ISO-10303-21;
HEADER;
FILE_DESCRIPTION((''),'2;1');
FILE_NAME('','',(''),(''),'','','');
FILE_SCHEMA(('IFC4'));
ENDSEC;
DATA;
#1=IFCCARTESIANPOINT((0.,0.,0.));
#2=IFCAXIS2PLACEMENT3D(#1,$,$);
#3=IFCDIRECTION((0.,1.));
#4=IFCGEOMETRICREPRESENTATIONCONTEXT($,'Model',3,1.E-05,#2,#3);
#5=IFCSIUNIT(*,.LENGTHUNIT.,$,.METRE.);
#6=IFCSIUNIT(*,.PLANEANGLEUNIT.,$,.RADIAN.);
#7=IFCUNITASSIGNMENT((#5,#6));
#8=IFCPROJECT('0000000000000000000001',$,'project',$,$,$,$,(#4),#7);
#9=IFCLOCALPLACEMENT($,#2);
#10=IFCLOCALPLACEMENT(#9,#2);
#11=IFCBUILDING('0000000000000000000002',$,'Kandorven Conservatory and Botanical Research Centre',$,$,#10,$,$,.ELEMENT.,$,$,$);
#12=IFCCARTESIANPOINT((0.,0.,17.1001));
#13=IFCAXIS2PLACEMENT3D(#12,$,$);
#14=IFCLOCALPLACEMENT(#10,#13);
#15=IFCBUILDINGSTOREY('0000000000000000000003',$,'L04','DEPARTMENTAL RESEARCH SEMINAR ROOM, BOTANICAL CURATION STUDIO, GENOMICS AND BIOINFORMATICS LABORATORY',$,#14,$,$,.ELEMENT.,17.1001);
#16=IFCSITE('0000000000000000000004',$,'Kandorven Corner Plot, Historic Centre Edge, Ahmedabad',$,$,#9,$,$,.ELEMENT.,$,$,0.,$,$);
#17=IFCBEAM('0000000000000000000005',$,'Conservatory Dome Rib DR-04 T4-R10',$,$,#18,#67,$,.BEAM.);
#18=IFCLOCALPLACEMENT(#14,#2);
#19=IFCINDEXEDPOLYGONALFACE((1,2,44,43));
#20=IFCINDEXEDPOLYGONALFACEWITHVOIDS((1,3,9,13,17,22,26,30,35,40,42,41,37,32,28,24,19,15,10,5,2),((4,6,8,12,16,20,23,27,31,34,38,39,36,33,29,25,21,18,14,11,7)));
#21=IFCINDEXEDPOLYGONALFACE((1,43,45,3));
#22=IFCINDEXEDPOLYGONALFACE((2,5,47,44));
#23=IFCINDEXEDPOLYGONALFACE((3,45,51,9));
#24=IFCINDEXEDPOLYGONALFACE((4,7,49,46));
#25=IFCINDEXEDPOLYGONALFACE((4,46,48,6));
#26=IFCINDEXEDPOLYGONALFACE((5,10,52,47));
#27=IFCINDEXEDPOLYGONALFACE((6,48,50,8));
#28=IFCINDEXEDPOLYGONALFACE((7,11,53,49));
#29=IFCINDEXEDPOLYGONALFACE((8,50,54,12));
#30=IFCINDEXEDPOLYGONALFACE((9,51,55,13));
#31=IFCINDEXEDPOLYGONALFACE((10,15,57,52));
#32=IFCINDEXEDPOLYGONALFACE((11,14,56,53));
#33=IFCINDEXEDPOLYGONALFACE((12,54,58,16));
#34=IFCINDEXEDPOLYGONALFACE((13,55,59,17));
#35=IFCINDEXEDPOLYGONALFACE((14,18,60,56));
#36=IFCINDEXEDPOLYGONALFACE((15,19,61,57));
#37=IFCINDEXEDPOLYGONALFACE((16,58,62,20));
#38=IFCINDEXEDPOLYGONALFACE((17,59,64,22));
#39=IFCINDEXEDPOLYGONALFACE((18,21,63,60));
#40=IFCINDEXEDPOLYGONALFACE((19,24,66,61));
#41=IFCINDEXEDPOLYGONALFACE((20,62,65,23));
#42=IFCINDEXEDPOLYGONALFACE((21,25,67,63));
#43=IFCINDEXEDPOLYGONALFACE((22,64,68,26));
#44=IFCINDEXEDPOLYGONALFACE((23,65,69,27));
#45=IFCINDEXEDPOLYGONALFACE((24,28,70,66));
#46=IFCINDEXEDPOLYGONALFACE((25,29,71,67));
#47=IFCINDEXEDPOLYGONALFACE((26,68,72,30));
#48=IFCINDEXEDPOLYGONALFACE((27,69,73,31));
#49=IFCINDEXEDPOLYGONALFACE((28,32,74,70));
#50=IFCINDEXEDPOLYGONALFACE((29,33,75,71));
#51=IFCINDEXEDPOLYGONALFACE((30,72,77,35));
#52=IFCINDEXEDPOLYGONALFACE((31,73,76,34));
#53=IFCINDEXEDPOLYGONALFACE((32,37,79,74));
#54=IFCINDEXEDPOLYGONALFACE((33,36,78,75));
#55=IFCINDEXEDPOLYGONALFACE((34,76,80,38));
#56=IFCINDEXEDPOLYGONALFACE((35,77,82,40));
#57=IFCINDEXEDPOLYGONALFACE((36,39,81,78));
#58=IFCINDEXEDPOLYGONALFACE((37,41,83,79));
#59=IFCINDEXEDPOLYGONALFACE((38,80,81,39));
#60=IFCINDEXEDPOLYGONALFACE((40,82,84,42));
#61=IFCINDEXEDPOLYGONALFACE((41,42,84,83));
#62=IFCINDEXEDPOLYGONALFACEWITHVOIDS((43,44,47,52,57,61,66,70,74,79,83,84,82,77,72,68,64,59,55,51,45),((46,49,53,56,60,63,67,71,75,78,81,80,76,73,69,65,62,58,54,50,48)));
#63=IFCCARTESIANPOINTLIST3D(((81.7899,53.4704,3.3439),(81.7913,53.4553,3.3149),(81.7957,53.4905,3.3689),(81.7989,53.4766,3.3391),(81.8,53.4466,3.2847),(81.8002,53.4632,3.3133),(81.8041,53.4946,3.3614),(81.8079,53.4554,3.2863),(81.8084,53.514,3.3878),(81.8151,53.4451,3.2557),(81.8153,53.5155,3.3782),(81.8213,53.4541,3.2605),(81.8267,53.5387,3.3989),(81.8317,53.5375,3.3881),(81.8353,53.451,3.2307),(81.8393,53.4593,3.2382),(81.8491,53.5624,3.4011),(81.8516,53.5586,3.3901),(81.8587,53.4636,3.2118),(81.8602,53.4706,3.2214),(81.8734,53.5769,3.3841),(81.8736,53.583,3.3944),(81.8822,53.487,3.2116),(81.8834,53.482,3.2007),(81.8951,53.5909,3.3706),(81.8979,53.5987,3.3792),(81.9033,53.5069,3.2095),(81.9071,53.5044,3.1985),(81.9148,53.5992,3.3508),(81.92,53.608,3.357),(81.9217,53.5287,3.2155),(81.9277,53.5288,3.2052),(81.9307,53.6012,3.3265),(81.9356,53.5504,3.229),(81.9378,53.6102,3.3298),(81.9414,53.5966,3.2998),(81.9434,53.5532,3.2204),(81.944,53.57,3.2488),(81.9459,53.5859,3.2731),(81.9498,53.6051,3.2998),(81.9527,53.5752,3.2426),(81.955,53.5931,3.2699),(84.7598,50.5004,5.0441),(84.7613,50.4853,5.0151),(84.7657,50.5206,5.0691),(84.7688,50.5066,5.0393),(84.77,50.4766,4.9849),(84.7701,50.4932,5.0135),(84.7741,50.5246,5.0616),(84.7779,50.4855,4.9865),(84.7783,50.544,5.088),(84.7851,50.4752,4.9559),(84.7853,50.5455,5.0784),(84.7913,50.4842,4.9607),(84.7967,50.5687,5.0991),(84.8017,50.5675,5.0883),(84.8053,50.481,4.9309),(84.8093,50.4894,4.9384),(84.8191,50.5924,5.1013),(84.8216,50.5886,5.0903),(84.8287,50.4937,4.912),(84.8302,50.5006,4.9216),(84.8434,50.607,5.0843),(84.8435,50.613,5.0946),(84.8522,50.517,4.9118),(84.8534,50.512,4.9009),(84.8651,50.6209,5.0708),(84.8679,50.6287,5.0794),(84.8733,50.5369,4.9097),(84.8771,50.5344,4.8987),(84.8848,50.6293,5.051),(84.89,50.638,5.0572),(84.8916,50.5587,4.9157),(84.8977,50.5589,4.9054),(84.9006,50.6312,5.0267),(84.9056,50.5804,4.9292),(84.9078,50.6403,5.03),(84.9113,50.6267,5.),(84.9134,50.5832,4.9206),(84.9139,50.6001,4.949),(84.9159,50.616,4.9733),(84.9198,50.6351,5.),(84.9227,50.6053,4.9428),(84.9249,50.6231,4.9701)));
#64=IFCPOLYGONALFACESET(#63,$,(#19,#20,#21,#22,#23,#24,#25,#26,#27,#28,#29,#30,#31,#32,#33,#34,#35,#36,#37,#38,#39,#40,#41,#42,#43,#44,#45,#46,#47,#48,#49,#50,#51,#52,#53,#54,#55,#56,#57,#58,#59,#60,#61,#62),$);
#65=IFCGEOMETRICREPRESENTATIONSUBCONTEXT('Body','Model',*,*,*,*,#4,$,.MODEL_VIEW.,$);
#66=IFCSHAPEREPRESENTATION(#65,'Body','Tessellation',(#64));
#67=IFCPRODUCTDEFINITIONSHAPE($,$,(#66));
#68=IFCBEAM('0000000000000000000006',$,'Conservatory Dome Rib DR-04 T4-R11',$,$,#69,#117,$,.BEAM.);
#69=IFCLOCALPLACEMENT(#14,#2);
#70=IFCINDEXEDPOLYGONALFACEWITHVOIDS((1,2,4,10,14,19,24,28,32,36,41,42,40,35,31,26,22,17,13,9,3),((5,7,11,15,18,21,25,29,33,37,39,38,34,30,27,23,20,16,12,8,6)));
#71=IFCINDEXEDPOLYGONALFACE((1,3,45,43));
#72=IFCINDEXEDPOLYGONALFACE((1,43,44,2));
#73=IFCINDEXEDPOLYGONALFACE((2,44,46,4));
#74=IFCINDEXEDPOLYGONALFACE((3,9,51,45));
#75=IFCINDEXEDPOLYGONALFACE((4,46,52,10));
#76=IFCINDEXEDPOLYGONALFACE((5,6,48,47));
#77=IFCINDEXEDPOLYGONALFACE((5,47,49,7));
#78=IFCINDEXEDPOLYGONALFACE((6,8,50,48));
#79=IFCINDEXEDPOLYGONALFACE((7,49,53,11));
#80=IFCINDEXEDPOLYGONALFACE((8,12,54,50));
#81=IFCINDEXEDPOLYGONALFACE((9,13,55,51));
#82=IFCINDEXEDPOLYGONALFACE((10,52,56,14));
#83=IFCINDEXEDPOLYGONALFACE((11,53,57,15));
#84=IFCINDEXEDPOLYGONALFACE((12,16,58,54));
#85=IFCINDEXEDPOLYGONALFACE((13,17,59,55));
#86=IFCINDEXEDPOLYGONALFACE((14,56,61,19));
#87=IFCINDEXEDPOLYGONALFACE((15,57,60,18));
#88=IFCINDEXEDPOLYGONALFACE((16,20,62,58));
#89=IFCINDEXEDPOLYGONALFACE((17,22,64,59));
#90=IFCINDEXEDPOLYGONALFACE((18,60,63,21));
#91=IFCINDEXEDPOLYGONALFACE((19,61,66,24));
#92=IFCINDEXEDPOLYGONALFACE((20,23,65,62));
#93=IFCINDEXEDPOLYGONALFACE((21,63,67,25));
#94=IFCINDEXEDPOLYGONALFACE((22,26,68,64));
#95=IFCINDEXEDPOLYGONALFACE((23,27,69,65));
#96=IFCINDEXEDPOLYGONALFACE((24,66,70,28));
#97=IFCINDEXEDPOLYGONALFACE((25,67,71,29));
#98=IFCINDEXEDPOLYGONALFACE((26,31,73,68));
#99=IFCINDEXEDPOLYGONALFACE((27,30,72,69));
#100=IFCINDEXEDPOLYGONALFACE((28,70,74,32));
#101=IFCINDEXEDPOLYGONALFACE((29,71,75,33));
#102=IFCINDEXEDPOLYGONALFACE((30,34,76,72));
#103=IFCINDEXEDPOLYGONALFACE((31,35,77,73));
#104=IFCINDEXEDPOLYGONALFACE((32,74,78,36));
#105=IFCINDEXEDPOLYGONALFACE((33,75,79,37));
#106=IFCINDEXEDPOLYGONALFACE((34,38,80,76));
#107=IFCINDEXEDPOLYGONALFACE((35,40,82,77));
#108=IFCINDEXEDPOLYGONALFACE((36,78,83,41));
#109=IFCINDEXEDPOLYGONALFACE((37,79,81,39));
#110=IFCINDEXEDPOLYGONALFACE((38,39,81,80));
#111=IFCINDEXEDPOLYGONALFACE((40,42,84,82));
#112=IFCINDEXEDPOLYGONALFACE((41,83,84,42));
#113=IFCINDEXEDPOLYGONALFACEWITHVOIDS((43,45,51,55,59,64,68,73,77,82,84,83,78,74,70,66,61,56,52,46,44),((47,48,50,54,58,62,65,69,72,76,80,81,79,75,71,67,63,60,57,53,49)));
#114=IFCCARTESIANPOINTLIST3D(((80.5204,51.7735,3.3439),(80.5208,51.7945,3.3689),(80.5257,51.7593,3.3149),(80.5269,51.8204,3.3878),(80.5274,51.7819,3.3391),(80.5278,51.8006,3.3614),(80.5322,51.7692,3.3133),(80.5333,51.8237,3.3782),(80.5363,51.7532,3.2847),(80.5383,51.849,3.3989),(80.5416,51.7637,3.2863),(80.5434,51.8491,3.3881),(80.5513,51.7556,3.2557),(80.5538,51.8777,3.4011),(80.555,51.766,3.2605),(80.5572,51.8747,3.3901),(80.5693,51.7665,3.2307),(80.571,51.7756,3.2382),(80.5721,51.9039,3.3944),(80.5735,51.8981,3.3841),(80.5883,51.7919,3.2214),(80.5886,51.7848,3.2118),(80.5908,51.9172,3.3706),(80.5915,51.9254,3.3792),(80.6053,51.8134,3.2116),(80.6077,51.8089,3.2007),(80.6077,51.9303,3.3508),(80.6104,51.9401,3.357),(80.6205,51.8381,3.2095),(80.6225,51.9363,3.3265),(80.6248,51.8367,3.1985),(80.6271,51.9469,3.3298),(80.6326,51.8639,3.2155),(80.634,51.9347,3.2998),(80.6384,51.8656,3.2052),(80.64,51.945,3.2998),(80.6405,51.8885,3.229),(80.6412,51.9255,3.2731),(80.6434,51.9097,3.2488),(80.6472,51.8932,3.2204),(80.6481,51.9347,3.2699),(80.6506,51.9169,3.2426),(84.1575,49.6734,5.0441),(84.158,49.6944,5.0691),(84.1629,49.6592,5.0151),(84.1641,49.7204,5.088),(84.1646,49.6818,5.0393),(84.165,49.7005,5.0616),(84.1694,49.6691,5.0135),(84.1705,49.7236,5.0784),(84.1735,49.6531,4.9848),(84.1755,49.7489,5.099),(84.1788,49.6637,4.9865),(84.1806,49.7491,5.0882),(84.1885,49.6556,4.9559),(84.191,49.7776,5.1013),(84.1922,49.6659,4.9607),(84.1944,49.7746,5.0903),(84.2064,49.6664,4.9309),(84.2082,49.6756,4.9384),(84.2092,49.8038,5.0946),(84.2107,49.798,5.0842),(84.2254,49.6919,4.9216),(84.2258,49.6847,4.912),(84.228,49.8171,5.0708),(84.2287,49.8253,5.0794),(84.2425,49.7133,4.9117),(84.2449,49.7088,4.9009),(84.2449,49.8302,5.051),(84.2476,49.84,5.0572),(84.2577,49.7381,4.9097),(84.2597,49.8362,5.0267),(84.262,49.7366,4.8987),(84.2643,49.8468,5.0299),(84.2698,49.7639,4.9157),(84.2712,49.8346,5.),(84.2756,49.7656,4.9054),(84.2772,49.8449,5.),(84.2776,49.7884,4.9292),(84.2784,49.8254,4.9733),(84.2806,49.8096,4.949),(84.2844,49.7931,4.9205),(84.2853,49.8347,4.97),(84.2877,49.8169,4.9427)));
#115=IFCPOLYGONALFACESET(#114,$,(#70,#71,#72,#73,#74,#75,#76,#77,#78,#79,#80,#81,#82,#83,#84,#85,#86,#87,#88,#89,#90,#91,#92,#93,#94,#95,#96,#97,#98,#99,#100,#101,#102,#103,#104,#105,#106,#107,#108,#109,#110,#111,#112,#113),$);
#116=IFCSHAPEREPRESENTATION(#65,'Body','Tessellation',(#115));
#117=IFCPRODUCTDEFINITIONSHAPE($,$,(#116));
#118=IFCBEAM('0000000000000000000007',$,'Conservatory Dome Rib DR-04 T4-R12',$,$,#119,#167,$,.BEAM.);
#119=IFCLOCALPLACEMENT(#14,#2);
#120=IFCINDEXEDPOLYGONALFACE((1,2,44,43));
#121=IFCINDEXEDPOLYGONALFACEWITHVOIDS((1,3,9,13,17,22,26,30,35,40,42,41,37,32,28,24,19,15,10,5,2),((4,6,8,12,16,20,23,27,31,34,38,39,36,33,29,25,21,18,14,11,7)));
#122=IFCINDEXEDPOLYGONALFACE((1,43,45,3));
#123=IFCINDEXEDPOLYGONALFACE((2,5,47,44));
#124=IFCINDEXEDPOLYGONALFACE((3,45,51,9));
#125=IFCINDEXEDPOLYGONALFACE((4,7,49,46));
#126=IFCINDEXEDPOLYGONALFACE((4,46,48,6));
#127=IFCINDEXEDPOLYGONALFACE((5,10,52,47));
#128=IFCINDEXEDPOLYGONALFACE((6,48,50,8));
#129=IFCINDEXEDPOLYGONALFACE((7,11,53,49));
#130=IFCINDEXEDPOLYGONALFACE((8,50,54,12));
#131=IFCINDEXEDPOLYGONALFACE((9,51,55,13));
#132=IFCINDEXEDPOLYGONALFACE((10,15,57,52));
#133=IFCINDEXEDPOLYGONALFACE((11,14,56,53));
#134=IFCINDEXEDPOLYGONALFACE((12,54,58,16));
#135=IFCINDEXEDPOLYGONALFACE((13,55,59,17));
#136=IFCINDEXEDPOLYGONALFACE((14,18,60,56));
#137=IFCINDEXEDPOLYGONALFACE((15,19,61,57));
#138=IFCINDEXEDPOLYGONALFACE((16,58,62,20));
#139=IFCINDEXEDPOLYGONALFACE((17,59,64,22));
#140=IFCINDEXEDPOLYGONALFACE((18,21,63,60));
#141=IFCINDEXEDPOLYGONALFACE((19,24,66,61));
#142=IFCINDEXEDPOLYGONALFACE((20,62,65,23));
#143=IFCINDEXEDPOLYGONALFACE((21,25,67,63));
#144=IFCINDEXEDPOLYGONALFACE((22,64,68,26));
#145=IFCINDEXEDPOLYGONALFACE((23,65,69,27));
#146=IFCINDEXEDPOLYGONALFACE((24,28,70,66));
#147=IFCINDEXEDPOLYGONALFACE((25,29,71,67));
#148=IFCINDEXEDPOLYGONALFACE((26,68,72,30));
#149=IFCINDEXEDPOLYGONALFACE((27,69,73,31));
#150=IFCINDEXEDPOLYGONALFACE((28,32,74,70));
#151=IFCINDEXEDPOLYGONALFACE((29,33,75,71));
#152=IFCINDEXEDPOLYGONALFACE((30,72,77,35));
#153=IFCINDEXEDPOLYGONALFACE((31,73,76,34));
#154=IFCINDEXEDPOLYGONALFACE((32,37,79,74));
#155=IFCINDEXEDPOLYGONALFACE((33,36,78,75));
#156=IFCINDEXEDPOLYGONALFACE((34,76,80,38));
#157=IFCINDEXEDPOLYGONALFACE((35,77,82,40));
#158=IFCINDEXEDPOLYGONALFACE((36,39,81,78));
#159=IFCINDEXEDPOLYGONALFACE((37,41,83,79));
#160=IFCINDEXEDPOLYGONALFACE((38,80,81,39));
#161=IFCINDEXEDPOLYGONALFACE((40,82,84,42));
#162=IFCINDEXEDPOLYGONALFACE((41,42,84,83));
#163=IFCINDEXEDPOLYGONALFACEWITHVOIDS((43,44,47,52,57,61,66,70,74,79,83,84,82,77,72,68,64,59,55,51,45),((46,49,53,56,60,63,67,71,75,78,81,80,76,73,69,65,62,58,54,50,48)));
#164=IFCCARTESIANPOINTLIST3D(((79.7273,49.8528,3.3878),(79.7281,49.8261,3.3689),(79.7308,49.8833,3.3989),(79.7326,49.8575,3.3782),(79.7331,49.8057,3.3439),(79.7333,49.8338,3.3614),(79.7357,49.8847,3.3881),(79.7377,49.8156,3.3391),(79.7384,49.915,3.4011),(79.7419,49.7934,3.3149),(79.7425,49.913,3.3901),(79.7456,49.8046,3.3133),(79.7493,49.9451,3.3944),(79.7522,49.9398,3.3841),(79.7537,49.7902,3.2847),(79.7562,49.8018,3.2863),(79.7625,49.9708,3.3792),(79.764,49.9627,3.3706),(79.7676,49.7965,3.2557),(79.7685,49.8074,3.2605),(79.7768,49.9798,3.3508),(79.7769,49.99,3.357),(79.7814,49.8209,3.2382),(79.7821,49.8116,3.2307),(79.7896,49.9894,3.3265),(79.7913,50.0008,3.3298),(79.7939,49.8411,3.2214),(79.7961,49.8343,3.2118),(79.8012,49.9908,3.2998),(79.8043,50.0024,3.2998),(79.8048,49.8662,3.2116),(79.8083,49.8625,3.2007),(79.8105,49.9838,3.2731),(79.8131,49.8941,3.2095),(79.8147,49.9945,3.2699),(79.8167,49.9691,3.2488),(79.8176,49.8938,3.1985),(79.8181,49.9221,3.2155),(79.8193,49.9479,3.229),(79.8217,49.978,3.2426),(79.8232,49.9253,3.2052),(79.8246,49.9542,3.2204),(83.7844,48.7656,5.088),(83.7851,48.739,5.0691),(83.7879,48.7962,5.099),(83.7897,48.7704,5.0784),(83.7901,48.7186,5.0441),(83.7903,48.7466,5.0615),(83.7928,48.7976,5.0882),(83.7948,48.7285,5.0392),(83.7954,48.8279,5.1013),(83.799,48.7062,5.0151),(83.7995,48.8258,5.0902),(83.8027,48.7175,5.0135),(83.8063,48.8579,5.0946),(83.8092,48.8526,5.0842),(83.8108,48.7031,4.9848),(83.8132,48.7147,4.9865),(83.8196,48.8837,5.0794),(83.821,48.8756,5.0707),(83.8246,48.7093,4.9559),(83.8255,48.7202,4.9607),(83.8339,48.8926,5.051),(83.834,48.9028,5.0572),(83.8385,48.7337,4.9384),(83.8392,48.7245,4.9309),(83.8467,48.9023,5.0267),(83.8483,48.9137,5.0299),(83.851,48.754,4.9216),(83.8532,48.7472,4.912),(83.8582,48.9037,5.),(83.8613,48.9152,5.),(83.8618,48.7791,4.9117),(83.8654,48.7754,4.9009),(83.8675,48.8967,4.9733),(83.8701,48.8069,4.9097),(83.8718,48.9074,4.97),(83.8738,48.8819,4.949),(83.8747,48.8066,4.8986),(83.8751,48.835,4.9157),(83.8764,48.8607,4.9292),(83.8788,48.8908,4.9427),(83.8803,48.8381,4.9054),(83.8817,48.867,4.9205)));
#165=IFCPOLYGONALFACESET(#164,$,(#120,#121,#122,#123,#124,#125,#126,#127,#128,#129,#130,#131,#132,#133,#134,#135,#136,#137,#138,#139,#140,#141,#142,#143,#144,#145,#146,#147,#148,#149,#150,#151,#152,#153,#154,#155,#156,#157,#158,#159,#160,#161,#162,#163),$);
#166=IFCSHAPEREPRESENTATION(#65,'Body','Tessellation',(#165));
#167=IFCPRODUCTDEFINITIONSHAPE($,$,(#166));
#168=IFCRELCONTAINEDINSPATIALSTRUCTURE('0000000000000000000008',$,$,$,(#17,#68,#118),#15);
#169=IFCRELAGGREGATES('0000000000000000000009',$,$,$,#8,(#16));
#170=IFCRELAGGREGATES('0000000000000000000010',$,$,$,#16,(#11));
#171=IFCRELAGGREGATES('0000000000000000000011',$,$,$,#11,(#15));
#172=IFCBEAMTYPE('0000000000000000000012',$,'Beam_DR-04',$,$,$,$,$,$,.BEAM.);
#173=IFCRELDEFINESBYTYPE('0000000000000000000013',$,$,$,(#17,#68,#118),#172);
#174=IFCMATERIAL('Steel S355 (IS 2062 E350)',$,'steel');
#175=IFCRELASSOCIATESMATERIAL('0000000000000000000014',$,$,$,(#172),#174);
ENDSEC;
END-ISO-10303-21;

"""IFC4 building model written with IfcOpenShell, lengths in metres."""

from ifc_helpers import new_model, si_unit, direction, frame, origin, origin_2d, place, context, subcontext, project, spatial, hollow_circle, extrude, material, material_profile, profile_set, type_object, element, save


model = new_model("IFC4")

# Units and contexts
model_context = context("Model", 3, precision=1e-05, world=origin(), true_north=direction((0.0, 1.0)))
body_context = subcontext(model_context, "Body", "Model", "MODEL_VIEW")
ifc_project = project(units=[si_unit("LENGTHUNIT", "METRE"), si_unit("PLANEANGLEUNIT", "RADIAN")], contexts=[model_context])

# Site, building, storey
site_placement = place(None, origin())
site = spatial("IfcSite", under=ifc_project, at=site_placement, Name="Kandorven Corner Plot, Historic Centre Edge, Ahmedabad", CompositionType="ELEMENT", RefElevation=0.0)
building_placement = place(site_placement, origin())
building = spatial("IfcBuilding", under=site, at=building_placement, Name="Kandorven Conservatory and Botanical Research Centre", CompositionType="ELEMENT")
storey_placement = place(building_placement, frame((0.0, 0.0, 17.1001)))
storey = spatial("IfcBuildingStorey", under=building, at=storey_placement, Name="L04", Description="DEPARTMENTAL RESEARCH SEMINAR ROOM, BOTANICAL CURATION STUDIO, GENOMICS AND BIOINFORMATICS LABORATORY", CompositionType="ELEMENT", Elevation=17.1001)

# Beams
ifc_material_1 = material(Name="Steel S355 (IS 2062 E350)", Category="steel")
ifc_material_profile_1 = material_profile(ifc_material_1, hollow_circle(Radius=0.1096, WallThickness=0.012, at=origin_2d()))
ifc_profile_set_1 = profile_set([ifc_material_profile_1], Name="Steel S355 (IS 2062 E350)")
beam_type_1 = type_object("IfcBeamType", Name="Beam_DR-04", PredefinedType="BEAM", material=ifc_profile_set_1)
beam_1_placement = place(storey_placement, frame((81.8723, 53.5276, 3.2998), z_axis=(0.655444, -0.655444, 0.375217), x_axis=(0.707107, 0.707107, 0.0)))
element("IfcBeam", 1, at=beam_1_placement, inside=storey, type_object=beam_type_1, Name="Conservatory Dome Rib DR-04 T4-R10", PredefinedType="BEAM", context=body_context, shape_type="SweptSolid", body=[
    extrude(hollow_circle(Radius=0.1096, WallThickness=0.012, at=origin_2d()), origin(), (0.0, 0.0, 1.0), 4.5312),
])
beam_2_placement = place(storey_placement, frame((80.5852, 51.8501, 3.2998), z_axis=(0.802731, -0.463491, 0.375233), x_axis=(0.500028, 0.866009, 0.0)))
element("IfcBeam", 2, at=beam_2_placement, inside=storey, type_object=beam_type_1, Name="Conservatory Dome Rib DR-04 T4-R11", PredefinedType="BEAM", context=body_context, shape_type="SweptSolid", body=[
    extrude(hollow_circle(Radius=0.1096, WallThickness=0.012, at=origin_2d()), origin(), (0.0, 0.0, 1.0), 4.531),
])
beam_3_placement = place(storey_placement, frame((79.7759, 49.8965, 3.2998), z_axis=(0.895352, -0.239921, 0.37521), x_axis=(0.258831, 0.965923, 0.0)))
element("IfcBeam", 3, at=beam_3_placement, inside=storey, type_object=beam_type_1, Name="Conservatory Dome Rib DR-04 T4-R12", PredefinedType="BEAM", context=body_context, shape_type="SweptSolid", body=[
    extrude(hollow_circle(Radius=0.1096, WallThickness=0.012, at=origin_2d()), origin(), (0.0, 0.0, 1.0), 4.5312),
])

save(model, "model.ifc")
